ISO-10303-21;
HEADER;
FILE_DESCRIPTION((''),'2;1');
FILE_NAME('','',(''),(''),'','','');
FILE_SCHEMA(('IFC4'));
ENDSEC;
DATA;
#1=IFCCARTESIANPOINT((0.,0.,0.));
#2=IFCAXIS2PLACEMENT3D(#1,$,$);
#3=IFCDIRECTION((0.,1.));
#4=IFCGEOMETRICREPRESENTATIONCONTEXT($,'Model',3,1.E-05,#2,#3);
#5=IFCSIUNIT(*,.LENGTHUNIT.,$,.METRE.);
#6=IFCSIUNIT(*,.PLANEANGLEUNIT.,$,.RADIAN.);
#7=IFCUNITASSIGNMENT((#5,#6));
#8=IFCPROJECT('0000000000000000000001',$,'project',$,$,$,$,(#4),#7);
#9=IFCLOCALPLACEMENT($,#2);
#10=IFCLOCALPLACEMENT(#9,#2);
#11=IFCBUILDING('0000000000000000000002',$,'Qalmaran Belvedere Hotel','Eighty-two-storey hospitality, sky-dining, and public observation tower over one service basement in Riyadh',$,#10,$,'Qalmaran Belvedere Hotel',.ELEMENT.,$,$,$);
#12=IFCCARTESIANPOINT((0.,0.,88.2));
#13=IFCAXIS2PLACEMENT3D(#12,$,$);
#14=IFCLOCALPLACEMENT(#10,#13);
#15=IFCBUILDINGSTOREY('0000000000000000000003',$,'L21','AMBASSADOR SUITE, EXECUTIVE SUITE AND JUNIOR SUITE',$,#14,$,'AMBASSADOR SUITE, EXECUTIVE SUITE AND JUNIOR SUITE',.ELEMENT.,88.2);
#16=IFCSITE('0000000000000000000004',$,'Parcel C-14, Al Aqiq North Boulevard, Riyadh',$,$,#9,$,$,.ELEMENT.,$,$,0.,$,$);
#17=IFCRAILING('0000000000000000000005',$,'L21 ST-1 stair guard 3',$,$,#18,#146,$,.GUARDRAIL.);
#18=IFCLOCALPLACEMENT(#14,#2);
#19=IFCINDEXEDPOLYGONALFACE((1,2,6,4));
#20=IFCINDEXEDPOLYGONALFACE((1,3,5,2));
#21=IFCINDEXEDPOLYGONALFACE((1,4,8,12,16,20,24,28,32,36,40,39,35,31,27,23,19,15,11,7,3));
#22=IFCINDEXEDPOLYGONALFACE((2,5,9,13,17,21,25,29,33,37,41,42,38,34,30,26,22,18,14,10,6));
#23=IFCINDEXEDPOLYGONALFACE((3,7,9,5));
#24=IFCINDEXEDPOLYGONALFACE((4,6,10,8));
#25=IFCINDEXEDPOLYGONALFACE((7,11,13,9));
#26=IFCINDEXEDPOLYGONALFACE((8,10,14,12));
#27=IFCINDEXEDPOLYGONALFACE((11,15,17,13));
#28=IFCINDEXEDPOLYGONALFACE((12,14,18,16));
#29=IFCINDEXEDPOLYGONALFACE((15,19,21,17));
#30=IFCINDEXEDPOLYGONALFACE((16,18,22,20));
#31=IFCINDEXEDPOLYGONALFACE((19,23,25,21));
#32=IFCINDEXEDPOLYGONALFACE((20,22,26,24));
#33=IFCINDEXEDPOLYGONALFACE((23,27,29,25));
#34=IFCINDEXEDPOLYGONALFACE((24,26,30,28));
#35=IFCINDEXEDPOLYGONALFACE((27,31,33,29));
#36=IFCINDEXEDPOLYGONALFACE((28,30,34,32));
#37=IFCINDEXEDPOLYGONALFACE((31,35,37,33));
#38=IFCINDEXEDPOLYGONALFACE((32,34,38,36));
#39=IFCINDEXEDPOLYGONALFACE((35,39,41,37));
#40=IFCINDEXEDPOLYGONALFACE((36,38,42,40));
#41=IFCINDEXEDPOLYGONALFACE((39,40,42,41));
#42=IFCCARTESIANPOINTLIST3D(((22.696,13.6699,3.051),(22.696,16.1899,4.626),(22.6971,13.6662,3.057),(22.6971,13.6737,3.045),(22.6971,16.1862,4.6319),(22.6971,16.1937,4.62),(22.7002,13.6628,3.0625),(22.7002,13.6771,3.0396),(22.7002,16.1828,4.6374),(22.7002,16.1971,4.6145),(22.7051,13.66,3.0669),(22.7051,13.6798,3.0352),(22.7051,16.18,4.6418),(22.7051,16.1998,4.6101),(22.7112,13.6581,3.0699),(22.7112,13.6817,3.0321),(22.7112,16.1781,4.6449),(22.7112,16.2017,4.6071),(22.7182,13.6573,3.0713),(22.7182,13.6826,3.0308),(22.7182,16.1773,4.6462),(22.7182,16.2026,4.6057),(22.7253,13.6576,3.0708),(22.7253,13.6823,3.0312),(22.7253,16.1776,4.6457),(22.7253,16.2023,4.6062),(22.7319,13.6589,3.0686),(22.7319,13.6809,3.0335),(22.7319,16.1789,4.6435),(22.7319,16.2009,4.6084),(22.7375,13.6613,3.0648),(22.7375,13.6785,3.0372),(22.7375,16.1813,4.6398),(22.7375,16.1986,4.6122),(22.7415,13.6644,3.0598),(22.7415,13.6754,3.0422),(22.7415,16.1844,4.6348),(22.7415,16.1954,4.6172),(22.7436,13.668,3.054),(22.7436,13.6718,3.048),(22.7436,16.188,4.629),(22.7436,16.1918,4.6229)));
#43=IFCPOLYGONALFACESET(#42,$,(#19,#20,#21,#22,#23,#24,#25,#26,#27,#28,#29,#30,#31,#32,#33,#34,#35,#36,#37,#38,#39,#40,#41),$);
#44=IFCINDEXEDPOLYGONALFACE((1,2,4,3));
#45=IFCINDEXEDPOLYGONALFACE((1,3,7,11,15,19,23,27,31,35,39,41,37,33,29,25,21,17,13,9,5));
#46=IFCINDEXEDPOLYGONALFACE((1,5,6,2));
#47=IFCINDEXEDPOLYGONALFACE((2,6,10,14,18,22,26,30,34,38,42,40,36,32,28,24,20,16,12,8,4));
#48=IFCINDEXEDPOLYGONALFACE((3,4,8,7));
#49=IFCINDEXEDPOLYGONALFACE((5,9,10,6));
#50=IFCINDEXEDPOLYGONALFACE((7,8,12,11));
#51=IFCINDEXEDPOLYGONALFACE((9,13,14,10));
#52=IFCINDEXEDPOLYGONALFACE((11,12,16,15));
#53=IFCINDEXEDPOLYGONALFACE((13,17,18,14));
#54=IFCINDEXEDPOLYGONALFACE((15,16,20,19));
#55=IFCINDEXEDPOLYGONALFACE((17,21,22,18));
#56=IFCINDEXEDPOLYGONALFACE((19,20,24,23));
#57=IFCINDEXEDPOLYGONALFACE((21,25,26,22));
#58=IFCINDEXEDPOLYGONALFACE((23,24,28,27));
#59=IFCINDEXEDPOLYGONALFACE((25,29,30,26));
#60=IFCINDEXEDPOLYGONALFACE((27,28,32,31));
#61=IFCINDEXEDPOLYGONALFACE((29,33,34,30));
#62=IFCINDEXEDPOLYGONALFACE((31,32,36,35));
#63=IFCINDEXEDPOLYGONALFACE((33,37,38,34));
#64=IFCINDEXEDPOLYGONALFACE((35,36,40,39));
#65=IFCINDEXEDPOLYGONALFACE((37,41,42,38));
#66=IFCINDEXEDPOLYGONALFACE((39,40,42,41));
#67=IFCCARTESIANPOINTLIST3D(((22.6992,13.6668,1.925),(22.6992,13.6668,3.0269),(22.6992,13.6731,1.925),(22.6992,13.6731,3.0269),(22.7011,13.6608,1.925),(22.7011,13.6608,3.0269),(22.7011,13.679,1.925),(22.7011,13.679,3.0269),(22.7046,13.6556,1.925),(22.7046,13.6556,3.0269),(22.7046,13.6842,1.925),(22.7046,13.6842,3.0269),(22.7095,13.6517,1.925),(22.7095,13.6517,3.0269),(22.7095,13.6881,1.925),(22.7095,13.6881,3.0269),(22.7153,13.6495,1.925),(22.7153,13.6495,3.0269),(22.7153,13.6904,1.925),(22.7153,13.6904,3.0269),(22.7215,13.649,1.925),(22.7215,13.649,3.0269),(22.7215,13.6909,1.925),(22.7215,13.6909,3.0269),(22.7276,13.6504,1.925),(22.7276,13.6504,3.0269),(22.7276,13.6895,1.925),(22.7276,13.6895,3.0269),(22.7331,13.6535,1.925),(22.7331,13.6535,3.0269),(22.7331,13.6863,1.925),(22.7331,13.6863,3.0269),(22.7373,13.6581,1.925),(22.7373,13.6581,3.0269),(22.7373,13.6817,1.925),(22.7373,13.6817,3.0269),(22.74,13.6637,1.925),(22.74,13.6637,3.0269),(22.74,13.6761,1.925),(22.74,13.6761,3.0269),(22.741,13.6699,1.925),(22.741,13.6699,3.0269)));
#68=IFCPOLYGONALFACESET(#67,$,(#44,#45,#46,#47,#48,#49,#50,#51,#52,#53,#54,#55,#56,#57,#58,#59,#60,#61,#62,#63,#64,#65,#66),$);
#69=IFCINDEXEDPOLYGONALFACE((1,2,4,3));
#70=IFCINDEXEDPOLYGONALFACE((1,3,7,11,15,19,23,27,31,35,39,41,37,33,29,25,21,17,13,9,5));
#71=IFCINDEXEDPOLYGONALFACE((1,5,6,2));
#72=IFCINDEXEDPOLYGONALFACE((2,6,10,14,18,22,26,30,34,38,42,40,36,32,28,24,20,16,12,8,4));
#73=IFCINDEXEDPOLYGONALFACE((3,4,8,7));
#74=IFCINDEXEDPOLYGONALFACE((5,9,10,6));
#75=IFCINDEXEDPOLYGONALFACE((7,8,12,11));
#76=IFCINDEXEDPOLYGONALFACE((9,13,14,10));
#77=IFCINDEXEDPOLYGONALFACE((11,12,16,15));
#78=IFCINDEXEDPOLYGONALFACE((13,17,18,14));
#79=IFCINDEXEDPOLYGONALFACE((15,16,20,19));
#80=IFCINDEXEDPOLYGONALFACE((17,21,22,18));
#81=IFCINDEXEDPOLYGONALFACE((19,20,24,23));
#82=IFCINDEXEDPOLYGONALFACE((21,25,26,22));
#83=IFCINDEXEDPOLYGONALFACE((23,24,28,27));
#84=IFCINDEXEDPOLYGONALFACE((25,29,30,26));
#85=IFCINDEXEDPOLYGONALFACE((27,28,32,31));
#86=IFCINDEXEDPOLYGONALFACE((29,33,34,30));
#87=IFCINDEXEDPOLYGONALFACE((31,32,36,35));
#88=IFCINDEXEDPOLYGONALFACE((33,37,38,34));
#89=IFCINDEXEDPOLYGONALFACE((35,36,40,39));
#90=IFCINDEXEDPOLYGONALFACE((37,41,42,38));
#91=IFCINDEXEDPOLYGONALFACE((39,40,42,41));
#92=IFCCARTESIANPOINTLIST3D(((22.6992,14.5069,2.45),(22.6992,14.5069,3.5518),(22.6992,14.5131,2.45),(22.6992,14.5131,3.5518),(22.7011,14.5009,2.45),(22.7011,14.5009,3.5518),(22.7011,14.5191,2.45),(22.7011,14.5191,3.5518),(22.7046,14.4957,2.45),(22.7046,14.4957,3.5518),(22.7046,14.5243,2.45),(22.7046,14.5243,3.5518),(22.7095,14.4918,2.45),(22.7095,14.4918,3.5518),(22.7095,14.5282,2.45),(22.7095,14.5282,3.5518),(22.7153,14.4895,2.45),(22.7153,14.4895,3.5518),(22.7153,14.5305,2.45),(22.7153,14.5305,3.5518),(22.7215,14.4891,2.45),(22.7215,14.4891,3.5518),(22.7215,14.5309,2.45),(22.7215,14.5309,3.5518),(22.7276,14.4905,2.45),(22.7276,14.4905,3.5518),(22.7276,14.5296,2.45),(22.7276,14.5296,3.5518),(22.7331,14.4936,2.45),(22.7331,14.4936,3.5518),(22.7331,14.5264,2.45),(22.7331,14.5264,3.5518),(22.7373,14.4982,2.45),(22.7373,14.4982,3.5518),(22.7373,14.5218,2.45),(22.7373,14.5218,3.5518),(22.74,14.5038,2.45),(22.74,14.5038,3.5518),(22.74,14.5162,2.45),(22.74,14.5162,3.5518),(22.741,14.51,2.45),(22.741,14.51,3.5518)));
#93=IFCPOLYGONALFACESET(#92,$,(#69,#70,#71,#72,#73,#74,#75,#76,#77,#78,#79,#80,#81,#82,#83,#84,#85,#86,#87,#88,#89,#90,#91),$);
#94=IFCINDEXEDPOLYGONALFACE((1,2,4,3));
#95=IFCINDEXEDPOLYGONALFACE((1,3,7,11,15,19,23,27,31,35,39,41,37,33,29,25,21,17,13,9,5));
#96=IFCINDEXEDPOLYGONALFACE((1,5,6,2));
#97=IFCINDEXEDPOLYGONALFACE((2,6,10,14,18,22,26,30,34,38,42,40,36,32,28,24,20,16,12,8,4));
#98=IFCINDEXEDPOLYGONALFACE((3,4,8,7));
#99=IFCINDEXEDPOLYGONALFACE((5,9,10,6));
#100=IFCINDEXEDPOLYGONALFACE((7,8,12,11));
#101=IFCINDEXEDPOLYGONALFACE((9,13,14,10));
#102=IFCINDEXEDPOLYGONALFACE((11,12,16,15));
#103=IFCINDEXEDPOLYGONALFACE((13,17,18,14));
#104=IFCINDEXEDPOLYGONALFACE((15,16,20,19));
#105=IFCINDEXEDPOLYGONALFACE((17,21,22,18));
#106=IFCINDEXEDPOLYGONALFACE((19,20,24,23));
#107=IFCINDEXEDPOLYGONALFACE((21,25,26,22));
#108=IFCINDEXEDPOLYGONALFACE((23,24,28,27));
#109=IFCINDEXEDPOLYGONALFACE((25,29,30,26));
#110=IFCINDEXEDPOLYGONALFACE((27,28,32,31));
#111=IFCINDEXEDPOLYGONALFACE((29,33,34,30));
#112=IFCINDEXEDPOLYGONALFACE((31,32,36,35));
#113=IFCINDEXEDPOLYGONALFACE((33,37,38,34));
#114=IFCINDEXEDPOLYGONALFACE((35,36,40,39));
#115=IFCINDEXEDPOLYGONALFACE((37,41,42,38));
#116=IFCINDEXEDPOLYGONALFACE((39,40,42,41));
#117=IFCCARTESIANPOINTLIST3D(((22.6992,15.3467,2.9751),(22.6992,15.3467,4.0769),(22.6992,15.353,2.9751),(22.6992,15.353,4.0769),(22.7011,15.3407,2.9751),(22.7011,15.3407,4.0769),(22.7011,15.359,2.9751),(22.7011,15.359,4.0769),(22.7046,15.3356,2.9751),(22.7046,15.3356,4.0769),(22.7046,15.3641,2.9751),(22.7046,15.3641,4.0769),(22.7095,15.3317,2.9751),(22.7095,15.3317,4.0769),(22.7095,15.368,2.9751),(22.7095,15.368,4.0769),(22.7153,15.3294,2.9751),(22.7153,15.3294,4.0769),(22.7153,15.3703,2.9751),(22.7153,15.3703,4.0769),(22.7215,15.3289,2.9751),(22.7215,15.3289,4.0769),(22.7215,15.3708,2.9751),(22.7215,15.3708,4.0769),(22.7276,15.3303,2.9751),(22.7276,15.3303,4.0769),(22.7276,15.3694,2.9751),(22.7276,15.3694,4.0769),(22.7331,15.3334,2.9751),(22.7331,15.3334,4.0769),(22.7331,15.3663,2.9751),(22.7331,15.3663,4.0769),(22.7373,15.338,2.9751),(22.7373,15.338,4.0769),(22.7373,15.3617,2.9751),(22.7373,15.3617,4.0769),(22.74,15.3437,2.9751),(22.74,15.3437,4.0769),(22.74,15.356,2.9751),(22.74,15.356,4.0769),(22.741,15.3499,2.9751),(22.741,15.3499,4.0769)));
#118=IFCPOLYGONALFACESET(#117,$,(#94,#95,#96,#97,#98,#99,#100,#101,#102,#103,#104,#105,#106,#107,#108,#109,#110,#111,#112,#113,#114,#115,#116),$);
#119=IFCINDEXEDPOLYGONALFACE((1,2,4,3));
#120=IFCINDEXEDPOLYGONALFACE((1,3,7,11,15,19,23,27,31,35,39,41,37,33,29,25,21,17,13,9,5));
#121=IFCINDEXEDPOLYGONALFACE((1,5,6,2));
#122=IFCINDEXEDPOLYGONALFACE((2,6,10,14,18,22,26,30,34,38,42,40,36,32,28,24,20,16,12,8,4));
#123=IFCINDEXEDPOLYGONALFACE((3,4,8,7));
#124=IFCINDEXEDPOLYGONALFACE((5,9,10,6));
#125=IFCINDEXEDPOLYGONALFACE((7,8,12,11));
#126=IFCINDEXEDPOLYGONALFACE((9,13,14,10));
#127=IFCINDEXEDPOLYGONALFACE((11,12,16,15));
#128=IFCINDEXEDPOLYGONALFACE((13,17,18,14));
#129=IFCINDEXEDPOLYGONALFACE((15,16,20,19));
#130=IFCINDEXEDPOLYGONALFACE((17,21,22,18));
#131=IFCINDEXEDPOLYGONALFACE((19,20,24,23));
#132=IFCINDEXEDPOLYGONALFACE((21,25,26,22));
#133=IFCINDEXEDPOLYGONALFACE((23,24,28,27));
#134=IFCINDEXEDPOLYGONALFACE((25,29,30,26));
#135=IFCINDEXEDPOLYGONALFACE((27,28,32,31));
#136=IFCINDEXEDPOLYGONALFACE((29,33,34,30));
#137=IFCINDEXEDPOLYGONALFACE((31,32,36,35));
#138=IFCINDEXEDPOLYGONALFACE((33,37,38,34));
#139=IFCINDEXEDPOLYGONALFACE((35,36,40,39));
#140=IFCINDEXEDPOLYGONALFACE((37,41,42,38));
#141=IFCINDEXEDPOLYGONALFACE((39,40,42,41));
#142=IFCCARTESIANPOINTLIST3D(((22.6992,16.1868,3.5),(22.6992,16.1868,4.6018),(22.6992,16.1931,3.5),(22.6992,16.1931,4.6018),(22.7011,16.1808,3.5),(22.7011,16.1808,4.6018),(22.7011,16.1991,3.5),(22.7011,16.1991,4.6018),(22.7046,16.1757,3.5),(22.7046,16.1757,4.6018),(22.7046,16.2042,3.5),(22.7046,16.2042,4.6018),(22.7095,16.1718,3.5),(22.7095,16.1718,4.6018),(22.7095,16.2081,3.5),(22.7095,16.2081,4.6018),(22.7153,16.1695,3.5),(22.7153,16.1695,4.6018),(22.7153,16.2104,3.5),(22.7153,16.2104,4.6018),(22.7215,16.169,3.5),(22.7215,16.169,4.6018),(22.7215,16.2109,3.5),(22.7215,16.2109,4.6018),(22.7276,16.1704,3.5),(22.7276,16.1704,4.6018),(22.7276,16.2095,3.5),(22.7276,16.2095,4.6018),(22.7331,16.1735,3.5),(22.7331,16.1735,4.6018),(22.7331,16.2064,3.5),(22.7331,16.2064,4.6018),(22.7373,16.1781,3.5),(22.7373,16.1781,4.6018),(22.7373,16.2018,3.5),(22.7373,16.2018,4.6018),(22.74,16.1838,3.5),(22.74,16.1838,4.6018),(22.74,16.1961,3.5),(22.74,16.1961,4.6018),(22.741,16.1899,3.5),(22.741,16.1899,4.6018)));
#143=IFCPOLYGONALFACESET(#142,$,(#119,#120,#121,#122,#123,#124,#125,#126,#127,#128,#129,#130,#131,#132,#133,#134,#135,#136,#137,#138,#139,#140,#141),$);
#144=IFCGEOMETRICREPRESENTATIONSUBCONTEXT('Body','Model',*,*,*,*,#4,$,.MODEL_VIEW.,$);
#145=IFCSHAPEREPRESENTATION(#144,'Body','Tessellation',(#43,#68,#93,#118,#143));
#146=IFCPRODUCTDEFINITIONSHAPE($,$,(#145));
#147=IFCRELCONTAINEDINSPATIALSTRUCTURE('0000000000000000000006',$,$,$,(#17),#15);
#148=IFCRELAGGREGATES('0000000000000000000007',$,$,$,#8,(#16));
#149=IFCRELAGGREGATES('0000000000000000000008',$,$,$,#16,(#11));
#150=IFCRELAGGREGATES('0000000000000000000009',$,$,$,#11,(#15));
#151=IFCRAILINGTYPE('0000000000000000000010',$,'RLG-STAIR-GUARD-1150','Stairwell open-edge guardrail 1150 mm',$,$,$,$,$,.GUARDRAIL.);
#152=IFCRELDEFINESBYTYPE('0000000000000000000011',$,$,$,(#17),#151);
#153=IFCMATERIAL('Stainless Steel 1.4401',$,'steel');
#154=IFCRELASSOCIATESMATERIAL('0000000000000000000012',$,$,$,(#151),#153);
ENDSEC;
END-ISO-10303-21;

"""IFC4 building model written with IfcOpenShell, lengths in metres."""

from ifc_helpers import new_model, si_unit, direction, frame, origin, origin_2d, place, context, subcontext, project, spatial, circle, extrude, material, type_object, element, save


model = new_model("IFC4")

# Units and contexts
model_context = context("Model", 3, precision=1e-05, world=origin(), true_north=direction((0.0, 1.0)))
body_context = subcontext(model_context, "Body", "Model", "MODEL_VIEW")
ifc_project = project(units=[si_unit("LENGTHUNIT", "METRE"), si_unit("PLANEANGLEUNIT", "RADIAN")], contexts=[model_context])

# Site, building, storey
site_placement = place(None, origin())
site = spatial("IfcSite", under=ifc_project, at=site_placement, Name="Parcel C-14, Al Aqiq North Boulevard, Riyadh", CompositionType="ELEMENT", RefElevation=0.0)
building_placement = place(site_placement, origin())
building = spatial("IfcBuilding", under=site, at=building_placement, Name="Qalmaran Belvedere Hotel", Description="Eighty-two-storey hospitality, sky-dining, and public observation tower over one service basement in Riyadh", LongName="Qalmaran Belvedere Hotel", CompositionType="ELEMENT")
storey_placement = place(building_placement, frame((0.0, 0.0, 88.2)))
storey = spatial("IfcBuildingStorey", under=building, at=storey_placement, Name="L21", Description="AMBASSADOR SUITE, EXECUTIVE SUITE AND JUNIOR SUITE", LongName="AMBASSADOR SUITE, EXECUTIVE SUITE AND JUNIOR SUITE", CompositionType="ELEMENT", Elevation=88.2)

# Shared definitions
ifc_material_1 = material(Name="Stainless Steel 1.4401", Category="steel")

# Railing
railing_type_1 = type_object("IfcRailingType", Name="RLG-STAIR-GUARD-1150", Description="Stairwell open-edge guardrail 1150 mm", PredefinedType="GUARDRAIL", material=ifc_material_1)
railing_1_placement = place(storey_placement, frame((22.72, 13.6699, 1.925)))
element("IfcRailing", 1, at=railing_1_placement, inside=storey, type_object=railing_type_1, Name="L21 ST-1 stair guard 3", PredefinedType="GUARDRAIL", context=body_context, shape_type="SweptSolid", body=[
    extrude(circle(Radius=0.0239, at=origin_2d()), frame((0.0, 0.0, 1.126), z_axis=(0.0, 0.848008, 0.529984), x_axis=(-1.0, 0.0, 0.0)), (0.0, 0.0, 1.0), 2.9717),
    extrude(circle(Radius=0.021, at=origin_2d()), origin(), (0.0, 0.0, 1.0), 1.1018),
    extrude(circle(Radius=0.021, at=origin_2d()), frame((0.0, 0.8401, 0.5249)), (0.0, 0.0, 1.0), 1.1018),
    extrude(circle(Radius=0.021, at=origin_2d()), frame((0.0, 1.6799, 1.05)), (0.0, 0.0, 1.0), 1.1018),
    extrude(circle(Radius=0.021, at=origin_2d()), frame((0.0, 2.52, 1.575)), (0.0, 0.0, 1.0), 1.1018),
])

save(model, "model.ifc")
